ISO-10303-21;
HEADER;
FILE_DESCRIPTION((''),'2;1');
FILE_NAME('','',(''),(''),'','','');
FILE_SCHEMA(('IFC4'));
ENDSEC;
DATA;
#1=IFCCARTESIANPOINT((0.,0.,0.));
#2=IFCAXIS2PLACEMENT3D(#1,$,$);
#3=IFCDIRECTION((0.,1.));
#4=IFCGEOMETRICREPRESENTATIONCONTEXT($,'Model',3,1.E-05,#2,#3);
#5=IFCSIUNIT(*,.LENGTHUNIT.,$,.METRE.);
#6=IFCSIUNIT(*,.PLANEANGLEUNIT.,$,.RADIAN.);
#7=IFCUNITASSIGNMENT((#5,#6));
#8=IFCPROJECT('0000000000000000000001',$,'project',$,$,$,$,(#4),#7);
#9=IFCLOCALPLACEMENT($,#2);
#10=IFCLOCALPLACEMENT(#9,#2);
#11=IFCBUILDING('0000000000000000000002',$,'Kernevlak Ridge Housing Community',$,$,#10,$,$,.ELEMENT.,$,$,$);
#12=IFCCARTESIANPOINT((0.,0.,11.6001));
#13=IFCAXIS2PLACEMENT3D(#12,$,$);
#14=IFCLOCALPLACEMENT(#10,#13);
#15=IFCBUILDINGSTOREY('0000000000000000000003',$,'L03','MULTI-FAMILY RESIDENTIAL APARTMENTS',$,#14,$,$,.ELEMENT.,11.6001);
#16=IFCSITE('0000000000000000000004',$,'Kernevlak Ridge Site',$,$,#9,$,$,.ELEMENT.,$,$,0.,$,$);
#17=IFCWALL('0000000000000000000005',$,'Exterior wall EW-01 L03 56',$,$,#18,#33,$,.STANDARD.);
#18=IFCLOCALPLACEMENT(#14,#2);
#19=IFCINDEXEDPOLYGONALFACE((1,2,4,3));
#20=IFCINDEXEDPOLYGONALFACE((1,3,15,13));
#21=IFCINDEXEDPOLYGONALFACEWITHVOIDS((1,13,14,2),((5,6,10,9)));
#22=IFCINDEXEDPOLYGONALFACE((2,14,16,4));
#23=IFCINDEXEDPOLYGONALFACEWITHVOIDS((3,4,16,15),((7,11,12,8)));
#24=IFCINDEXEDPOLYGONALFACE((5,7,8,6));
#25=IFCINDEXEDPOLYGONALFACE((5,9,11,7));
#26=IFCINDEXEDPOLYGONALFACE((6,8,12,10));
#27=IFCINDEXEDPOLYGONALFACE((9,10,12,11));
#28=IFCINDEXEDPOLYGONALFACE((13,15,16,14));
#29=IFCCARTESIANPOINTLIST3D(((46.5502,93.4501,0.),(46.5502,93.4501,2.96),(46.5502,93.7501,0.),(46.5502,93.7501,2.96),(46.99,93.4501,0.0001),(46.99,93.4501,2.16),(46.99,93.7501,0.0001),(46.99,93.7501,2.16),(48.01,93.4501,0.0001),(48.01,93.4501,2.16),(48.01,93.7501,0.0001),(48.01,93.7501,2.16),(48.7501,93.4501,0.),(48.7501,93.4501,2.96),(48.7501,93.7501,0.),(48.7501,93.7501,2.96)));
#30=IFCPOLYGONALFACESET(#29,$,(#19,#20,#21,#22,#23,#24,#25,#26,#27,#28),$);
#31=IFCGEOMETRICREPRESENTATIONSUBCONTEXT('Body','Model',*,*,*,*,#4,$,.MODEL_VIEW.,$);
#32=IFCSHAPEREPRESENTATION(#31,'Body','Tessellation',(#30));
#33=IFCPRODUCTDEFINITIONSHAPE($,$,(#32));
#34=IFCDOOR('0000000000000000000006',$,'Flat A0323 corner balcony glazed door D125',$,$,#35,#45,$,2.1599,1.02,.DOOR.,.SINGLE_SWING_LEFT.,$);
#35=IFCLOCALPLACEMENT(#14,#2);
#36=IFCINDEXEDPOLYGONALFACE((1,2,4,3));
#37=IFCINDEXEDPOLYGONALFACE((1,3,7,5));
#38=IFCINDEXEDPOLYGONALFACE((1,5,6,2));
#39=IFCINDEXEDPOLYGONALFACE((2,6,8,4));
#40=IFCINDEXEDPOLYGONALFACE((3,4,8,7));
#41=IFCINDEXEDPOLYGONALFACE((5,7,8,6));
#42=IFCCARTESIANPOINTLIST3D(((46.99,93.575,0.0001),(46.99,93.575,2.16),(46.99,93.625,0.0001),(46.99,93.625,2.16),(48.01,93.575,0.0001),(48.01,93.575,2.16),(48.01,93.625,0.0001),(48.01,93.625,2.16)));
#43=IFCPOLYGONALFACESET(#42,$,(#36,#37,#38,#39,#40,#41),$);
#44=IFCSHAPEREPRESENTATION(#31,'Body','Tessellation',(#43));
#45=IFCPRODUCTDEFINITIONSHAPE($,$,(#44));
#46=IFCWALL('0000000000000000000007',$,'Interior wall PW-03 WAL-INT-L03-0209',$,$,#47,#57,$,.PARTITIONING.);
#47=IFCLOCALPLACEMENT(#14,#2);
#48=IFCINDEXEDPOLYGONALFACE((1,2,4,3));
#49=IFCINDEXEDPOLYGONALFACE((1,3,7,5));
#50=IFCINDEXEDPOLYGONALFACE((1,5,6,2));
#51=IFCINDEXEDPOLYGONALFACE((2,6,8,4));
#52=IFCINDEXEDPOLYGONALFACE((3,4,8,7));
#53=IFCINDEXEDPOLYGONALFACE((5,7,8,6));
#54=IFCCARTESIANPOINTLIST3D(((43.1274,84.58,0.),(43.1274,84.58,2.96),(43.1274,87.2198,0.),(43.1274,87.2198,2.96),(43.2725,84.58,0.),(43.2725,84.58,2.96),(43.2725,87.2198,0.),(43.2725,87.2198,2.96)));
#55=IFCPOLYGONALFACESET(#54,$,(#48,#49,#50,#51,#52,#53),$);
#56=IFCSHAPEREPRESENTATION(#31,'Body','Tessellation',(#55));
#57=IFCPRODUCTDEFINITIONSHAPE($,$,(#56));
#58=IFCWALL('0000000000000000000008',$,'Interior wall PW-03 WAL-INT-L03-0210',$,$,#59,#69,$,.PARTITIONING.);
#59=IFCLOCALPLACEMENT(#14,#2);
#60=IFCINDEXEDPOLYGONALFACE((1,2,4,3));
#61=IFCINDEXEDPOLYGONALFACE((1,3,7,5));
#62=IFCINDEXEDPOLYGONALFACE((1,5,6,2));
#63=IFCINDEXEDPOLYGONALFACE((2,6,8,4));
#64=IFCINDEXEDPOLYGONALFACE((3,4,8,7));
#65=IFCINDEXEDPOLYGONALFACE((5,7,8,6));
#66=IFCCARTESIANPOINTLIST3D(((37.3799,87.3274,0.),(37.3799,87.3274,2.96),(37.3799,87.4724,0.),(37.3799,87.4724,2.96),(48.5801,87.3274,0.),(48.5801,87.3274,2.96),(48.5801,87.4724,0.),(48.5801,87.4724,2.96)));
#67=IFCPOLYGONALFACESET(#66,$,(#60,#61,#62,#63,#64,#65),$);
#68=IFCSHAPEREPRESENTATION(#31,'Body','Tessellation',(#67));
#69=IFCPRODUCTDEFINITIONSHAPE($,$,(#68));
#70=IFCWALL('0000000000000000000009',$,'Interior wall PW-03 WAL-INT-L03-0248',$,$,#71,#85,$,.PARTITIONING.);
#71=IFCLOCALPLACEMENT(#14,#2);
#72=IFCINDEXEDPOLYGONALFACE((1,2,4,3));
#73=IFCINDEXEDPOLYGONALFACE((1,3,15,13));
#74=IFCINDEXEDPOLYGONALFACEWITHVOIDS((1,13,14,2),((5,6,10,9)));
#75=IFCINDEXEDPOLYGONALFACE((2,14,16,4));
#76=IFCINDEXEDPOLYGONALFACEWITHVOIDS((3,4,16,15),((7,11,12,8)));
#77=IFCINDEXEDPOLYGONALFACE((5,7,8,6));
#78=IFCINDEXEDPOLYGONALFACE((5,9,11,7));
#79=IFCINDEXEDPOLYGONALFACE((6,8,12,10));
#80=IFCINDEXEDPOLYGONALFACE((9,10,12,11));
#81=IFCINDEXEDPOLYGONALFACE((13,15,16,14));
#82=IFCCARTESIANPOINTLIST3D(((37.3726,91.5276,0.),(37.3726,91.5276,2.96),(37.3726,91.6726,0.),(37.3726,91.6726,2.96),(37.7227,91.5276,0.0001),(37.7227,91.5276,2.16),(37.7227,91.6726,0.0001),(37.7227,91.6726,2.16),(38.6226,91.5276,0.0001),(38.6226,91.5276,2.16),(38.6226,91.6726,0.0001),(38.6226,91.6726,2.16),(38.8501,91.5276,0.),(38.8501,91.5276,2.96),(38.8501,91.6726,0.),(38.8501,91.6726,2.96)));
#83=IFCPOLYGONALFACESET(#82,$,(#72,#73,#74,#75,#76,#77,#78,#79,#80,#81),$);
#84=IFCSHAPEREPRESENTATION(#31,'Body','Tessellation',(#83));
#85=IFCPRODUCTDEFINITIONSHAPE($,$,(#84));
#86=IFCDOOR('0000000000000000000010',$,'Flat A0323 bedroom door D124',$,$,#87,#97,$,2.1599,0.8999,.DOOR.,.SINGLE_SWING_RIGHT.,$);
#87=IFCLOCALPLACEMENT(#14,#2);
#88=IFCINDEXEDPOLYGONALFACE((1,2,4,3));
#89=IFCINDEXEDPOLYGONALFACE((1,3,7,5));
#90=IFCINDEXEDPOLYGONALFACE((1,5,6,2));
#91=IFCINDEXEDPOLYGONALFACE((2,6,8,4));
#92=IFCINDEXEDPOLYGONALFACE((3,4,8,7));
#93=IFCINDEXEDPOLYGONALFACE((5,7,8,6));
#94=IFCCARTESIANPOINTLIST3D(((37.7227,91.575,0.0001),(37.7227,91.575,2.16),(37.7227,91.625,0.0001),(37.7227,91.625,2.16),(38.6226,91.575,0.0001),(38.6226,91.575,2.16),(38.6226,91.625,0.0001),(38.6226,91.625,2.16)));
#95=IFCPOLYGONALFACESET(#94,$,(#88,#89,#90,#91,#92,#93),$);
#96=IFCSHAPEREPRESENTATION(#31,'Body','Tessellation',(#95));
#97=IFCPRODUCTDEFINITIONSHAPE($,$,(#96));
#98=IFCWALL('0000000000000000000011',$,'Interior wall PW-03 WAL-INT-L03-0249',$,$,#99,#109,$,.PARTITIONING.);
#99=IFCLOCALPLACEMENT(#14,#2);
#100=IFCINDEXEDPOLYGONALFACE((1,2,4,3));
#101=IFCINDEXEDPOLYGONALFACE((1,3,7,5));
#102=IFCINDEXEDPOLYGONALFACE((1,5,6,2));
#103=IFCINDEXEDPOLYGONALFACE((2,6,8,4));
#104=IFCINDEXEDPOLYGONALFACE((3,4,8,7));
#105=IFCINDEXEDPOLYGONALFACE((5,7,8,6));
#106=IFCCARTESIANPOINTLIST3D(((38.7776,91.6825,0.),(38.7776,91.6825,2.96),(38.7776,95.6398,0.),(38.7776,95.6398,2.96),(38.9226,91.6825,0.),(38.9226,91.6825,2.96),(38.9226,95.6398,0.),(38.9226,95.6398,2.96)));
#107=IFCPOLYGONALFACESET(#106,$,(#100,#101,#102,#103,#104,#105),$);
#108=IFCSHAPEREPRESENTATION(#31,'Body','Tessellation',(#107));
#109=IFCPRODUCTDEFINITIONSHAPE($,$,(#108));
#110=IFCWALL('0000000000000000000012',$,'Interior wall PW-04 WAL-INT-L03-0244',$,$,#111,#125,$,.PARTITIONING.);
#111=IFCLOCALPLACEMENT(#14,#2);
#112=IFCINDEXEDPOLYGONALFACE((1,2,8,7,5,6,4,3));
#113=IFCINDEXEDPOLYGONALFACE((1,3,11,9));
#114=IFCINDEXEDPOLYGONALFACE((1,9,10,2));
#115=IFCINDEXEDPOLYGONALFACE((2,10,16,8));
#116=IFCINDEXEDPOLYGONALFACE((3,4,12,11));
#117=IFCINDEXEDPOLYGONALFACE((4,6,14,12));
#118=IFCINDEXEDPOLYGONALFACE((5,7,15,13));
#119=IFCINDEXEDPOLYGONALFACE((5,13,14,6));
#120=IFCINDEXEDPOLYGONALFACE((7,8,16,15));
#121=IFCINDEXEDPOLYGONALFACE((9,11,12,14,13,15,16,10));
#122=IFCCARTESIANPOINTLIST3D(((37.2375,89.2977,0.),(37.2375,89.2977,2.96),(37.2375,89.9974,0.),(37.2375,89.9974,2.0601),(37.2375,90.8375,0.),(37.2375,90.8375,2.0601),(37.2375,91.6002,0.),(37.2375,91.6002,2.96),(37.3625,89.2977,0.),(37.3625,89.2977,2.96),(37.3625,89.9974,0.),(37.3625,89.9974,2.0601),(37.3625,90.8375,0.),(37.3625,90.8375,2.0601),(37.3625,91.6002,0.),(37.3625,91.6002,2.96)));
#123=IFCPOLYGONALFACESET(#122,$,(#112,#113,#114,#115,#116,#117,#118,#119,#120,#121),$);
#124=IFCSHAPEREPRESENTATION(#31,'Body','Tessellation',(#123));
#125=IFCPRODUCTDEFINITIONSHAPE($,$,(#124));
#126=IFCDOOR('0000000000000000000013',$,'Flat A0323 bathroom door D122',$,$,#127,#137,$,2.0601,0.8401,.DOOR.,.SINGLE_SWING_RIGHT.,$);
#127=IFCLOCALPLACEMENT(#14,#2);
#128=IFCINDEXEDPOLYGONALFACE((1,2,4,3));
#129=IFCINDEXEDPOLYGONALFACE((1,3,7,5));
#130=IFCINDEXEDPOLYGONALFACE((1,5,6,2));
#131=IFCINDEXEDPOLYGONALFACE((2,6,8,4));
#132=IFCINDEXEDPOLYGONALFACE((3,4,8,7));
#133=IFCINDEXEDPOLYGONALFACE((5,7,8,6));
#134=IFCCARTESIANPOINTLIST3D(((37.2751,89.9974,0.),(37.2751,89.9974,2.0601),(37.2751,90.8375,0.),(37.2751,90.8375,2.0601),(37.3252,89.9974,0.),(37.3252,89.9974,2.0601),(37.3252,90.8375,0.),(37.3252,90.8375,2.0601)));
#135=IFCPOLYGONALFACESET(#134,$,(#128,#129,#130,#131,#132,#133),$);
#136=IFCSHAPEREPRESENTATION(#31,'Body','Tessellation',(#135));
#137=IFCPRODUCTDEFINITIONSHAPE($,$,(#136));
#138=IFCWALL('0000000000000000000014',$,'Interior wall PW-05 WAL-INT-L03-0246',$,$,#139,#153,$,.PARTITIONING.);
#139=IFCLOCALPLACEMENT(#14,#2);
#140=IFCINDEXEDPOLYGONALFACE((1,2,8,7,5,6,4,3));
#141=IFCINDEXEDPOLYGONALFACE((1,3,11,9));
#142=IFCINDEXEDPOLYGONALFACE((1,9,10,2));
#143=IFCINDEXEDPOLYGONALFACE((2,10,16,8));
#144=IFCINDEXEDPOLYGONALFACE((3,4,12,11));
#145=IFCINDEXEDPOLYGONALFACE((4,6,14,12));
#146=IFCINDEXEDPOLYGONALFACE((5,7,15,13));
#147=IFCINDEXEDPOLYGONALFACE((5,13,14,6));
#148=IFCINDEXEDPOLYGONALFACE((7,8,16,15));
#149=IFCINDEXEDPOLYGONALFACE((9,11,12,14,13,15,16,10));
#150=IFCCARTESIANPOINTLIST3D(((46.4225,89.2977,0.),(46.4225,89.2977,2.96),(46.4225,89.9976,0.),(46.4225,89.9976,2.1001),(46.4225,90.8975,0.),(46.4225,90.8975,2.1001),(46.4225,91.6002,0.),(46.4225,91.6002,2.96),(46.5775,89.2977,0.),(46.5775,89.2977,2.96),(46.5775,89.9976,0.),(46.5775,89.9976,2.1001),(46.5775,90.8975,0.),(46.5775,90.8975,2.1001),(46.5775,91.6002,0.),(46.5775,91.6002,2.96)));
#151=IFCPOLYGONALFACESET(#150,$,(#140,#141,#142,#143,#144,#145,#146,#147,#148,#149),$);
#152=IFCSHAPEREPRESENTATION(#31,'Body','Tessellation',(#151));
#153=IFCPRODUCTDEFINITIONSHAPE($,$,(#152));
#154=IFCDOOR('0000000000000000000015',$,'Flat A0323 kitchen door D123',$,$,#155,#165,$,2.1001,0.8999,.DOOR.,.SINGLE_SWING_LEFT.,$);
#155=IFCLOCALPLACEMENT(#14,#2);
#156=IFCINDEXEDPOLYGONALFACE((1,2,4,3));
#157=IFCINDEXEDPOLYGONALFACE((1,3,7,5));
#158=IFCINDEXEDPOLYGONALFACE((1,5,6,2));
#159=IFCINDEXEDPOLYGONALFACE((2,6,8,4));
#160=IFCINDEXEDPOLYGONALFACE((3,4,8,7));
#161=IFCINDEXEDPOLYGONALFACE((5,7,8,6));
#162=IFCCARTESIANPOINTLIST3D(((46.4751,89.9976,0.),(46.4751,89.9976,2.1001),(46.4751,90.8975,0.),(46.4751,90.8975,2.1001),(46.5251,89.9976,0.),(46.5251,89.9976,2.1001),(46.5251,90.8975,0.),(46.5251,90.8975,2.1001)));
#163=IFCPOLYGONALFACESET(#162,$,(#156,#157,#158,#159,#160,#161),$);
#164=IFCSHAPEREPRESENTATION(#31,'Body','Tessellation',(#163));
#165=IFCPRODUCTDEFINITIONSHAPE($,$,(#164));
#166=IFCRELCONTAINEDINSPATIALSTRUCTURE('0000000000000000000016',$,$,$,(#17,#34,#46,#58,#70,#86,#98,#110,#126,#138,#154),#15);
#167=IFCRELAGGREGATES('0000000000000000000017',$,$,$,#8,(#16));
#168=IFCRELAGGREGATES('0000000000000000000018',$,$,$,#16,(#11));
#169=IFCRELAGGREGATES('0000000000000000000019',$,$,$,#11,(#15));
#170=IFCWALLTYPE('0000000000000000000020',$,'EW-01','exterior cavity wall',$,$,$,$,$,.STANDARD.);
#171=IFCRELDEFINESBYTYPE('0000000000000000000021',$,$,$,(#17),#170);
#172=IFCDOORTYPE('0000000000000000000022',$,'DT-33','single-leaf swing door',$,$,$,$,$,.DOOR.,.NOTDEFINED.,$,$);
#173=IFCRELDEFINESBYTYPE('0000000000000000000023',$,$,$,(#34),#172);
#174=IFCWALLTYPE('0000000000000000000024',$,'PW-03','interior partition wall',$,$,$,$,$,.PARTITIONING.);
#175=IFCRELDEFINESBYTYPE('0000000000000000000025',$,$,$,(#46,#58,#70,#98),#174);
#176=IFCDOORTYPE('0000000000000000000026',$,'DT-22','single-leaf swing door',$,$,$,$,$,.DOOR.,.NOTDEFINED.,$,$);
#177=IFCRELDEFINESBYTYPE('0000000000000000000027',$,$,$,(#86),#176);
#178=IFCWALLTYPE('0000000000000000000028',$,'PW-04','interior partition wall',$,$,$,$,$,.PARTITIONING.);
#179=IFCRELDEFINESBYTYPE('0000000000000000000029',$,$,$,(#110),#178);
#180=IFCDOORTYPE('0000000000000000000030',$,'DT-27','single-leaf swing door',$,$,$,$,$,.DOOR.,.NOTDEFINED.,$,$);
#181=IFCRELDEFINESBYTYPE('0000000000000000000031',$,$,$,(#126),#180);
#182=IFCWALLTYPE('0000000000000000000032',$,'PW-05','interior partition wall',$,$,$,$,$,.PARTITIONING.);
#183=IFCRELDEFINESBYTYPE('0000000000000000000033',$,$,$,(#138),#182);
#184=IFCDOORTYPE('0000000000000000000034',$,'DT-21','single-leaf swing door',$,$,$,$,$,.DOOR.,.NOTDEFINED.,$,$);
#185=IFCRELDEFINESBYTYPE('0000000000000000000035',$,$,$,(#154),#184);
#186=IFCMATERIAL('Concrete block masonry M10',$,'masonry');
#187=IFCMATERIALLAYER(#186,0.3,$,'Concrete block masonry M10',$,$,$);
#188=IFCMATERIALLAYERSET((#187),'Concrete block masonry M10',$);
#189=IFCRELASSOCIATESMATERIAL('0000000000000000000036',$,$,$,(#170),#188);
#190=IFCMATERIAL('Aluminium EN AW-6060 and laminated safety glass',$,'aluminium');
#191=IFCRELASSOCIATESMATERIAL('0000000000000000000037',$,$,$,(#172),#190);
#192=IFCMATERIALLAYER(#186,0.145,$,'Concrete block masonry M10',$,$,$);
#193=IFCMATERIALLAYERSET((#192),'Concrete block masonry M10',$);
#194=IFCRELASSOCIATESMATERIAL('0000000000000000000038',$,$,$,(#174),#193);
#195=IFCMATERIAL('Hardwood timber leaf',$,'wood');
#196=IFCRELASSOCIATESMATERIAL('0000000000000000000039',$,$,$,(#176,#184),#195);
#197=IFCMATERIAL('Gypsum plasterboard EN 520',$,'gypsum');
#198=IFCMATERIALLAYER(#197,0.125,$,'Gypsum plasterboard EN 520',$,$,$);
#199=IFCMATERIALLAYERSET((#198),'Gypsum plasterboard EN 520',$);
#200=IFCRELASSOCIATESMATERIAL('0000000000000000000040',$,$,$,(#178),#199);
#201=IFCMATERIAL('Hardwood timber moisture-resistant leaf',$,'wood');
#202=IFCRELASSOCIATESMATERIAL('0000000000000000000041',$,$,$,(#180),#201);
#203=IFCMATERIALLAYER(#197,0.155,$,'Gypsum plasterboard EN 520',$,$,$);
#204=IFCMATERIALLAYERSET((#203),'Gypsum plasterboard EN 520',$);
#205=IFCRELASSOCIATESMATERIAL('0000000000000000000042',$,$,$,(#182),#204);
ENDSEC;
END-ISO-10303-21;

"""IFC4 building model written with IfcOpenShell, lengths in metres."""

from ifc_helpers import new_model, si_unit, direction, frame, frame_2d, origin, place, context, subcontext, project, spatial, rectangle, extrude, material, layer, layer_set, type_object, element, fill, save


model = new_model("IFC4")

# Units and contexts
model_context = context("Model", 3, precision=1e-05, world=origin(), true_north=direction((0.0, 1.0)))
body_context = subcontext(model_context, "Body", "Model", "MODEL_VIEW")
ifc_project = project(units=[si_unit("LENGTHUNIT", "METRE"), si_unit("PLANEANGLEUNIT", "RADIAN")], contexts=[model_context])

# Site, building, storey
site_placement = place(None, origin())
site = spatial("IfcSite", under=ifc_project, at=site_placement, Name="Kernevlak Ridge Site", CompositionType="ELEMENT", RefElevation=0.0)
building_placement = place(site_placement, origin())
building = spatial("IfcBuilding", under=site, at=building_placement, Name="Kernevlak Ridge Housing Community", CompositionType="ELEMENT")
storey_placement = place(building_placement, frame((0.0, 0.0, 11.6001)))
storey = spatial("IfcBuildingStorey", under=building, at=storey_placement, Name="L03", Description="MULTI-FAMILY RESIDENTIAL APARTMENTS", CompositionType="ELEMENT", Elevation=11.6001)

# Shared definitions
ifc_material_1 = material(Name="Concrete block masonry M10", Category="masonry")
ifc_layer_1 = layer(ifc_material_1, 0.3, Name="Concrete block masonry M10")
ifc_layer_set_1 = layer_set([ifc_layer_1], Name="Concrete block masonry M10")
wall_type_1 = type_object("IfcWallType", Name="EW-01", Description="exterior cavity wall", PredefinedType="STANDARD", material=ifc_layer_set_1)

# Wall, opening, door
wall_1_placement = place(storey_placement, frame((46.55, 93.6001, 0.0), z_axis=(0.0, 0.0, 1.0), x_axis=(1.0, 0.0, 0.0)))
wall_1 = element("IfcWall", 1, at=wall_1_placement, inside=storey, type_object=wall_type_1, Name="Exterior wall EW-01 L03 56", PredefinedType="STANDARD", context=body_context, shape_type="SweptSolid", body=[
    extrude(rectangle(XDim=2.2, YDim=0.3, at=frame_2d((1.1001, 0.0))), origin(), (0.0, 0.0, 1.0), 2.96),
])
opening_1_placement = place(wall_1_placement, frame((0.4399, 0.0, 0.0)))
opening_1 = element("IfcOpeningElement", 2, at=opening_1_placement, cuts=wall_1, PredefinedType="OPENING", context=body_context, shape_type="SweptSolid", body=[
    extrude(rectangle(XDim=1.02, YDim=2.1599, at=frame_2d((0.51, 1.0801))), frame((0.0, 0.1599, 0.0), z_axis=(0.0, -1.0, 0.0), x_axis=(1.0, 0.0, 0.0)), (0.0, 0.0, 1.0), 0.3201),
])
ifc_material_2 = material(Name="Aluminium EN AW-6060 and laminated safety glass", Category="aluminium")
door_type_1 = type_object("IfcDoorType", Name="DT-33", Description="single-leaf swing door", OperationType="NOTDEFINED", PredefinedType="DOOR", material=ifc_material_2)
door_1_placement = place(opening_1_placement, origin())
door_1 = element("IfcDoor", 3, at=door_1_placement, inside=storey, type_object=door_type_1, Name="Flat A0323 corner balcony glazed door D125", OperationType="SINGLE_SWING_LEFT", OverallHeight=2.1599, OverallWidth=1.02, PredefinedType="DOOR", context=body_context, shape_type="SweptSolid", body=[
    extrude(rectangle(XDim=1.02, YDim=2.1599, at=frame_2d((0.51, 1.0801))), frame((0.0, 0.0249, 0.0), z_axis=(0.0, -1.0, 0.0), x_axis=(1.0, 0.0, 0.0)), (0.0, 0.0, 1.0), 0.05),
])
fill(opening_1, door_1)

# Walls
ifc_layer_2 = layer(ifc_material_1, 0.145, Name="Concrete block masonry M10")
ifc_layer_set_2 = layer_set([ifc_layer_2], Name="Concrete block masonry M10")
wall_type_2 = type_object("IfcWallType", Name="PW-03", Description="interior partition wall", PredefinedType="PARTITIONING", material=ifc_layer_set_2)
wall_2_placement = place(storey_placement, frame((43.2, 84.5801, 0.0), z_axis=(0.0, 0.0, 1.0), x_axis=(0.0, 1.0, 0.0)))
element("IfcWall", 4, at=wall_2_placement, inside=storey, type_object=wall_type_2, Name="Interior wall PW-03 WAL-INT-L03-0209", PredefinedType="PARTITIONING", context=body_context, shape_type="SweptSolid", body=[
    extrude(rectangle(XDim=2.6399, YDim=0.145, at=frame_2d((1.3198, 0.0))), origin(), (0.0, 0.0, 1.0), 2.96),
])
wall_3_placement = place(storey_placement, frame((37.3799, 87.3999, 0.0), z_axis=(0.0, 0.0, 1.0), x_axis=(1.0, 0.0, 0.0)))
element("IfcWall", 5, at=wall_3_placement, inside=storey, type_object=wall_type_2, Name="Interior wall PW-03 WAL-INT-L03-0210", PredefinedType="PARTITIONING", context=body_context, shape_type="SweptSolid", body=[
    extrude(rectangle(XDim=11.2002, YDim=0.145, at=frame_2d((5.6001, 0.0))), origin(), (0.0, 0.0, 1.0), 2.96),
])

# Wall, opening, door
wall_4_placement = place(storey_placement, frame((37.3726, 91.6001, 0.0), z_axis=(0.0, 0.0, 1.0), x_axis=(1.0, 0.0, 0.0)))
wall_4 = element("IfcWall", 6, at=wall_4_placement, inside=storey, type_object=wall_type_2, Name="Interior wall PW-03 WAL-INT-L03-0248", PredefinedType="PARTITIONING", context=body_context, shape_type="SweptSolid", body=[
    extrude(rectangle(XDim=1.4775, YDim=0.145, at=frame_2d((0.7388, 0.0))), origin(), (0.0, 0.0, 1.0), 2.96),
])
opening_2_placement = place(wall_4_placement, frame((0.3501, 0.0, 0.0)))
opening_2 = element("IfcOpeningElement", 7, at=opening_2_placement, cuts=wall_4, PredefinedType="OPENING", context=body_context, shape_type="SweptSolid", body=[
    extrude(rectangle(XDim=0.8999, YDim=2.1599, at=frame_2d((0.45, 1.0801))), frame((0.0, 0.0825, 0.0), z_axis=(0.0, -1.0, 0.0), x_axis=(1.0, 0.0, 0.0)), (0.0, 0.0, 1.0), 0.165),
])
ifc_material_3 = material(Name="Hardwood timber leaf", Category="wood")
door_type_2 = type_object("IfcDoorType", Name="DT-22", Description="single-leaf swing door", OperationType="NOTDEFINED", PredefinedType="DOOR", material=ifc_material_3)
door_2_placement = place(opening_2_placement, origin())
door_2 = element("IfcDoor", 8, at=door_2_placement, inside=storey, type_object=door_type_2, Name="Flat A0323 bedroom door D124", OperationType="SINGLE_SWING_RIGHT", OverallHeight=2.1599, OverallWidth=0.8999, PredefinedType="DOOR", context=body_context, shape_type="SweptSolid", body=[
    extrude(rectangle(XDim=0.8999, YDim=2.1599, at=frame_2d((0.45, 1.0801))), frame((0.0, 0.0249, 0.0), z_axis=(0.0, -1.0, 0.0), x_axis=(1.0, 0.0, 0.0)), (0.0, 0.0, 1.0), 0.05),
])
fill(opening_2, door_2)

# Wall
wall_5_placement = place(storey_placement, frame((38.8501, 91.6826, 0.0), z_axis=(0.0, 0.0, 1.0), x_axis=(0.0, 1.0, 0.0)))
element("IfcWall", 9, at=wall_5_placement, inside=storey, type_object=wall_type_2, Name="Interior wall PW-03 WAL-INT-L03-0249", PredefinedType="PARTITIONING", context=body_context, shape_type="SweptSolid", body=[
    extrude(rectangle(XDim=3.9573, YDim=0.145, at=frame_2d((1.9785, 0.0))), origin(), (0.0, 0.0, 1.0), 2.96),
])

# Walls, openings, doors
ifc_material_4 = material(Name="Gypsum plasterboard EN 520", Category="gypsum")
ifc_layer_3 = layer(ifc_material_4, 0.125, Name="Gypsum plasterboard EN 520")
ifc_layer_set_3 = layer_set([ifc_layer_3], Name="Gypsum plasterboard EN 520")
wall_type_3 = type_object("IfcWallType", Name="PW-04", Description="interior partition wall", PredefinedType="PARTITIONING", material=ifc_layer_set_3)
wall_6_placement = place(storey_placement, frame((37.3, 89.2976, 0.0), z_axis=(0.0, 0.0, 1.0), x_axis=(0.0, 1.0, 0.0)))
wall_6 = element("IfcWall", 10, at=wall_6_placement, inside=storey, type_object=wall_type_3, Name="Interior wall PW-04 WAL-INT-L03-0244", PredefinedType="PARTITIONING", context=body_context, shape_type="SweptSolid", body=[
    extrude(rectangle(XDim=2.3025, YDim=0.125, at=frame_2d((1.1514, 0.0))), origin(), (0.0, 0.0, 1.0), 2.96),
])
opening_3_placement = place(wall_6_placement, frame((0.7, 0.0, 0.0)))
opening_3 = element("IfcOpeningElement", 11, at=opening_3_placement, cuts=wall_6, PredefinedType="OPENING", context=body_context, shape_type="SweptSolid", body=[
    extrude(rectangle(XDim=0.8401, YDim=2.0601, at=frame_2d((0.4199, 1.03))), frame((0.0, 0.0725, 0.0), z_axis=(0.0, -1.0, 0.0), x_axis=(1.0, 0.0, 0.0)), (0.0, 0.0, 1.0), 0.145),
])
ifc_material_5 = material(Name="Hardwood timber moisture-resistant leaf", Category="wood")
door_type_3 = type_object("IfcDoorType", Name="DT-27", Description="single-leaf swing door", OperationType="NOTDEFINED", PredefinedType="DOOR", material=ifc_material_5)
door_3_placement = place(opening_3_placement, origin())
door_3 = element("IfcDoor", 12, at=door_3_placement, inside=storey, type_object=door_type_3, Name="Flat A0323 bathroom door D122", OperationType="SINGLE_SWING_RIGHT", OverallHeight=2.0601, OverallWidth=0.8401, PredefinedType="DOOR", context=body_context, shape_type="SweptSolid", body=[
    extrude(rectangle(XDim=0.8401, YDim=2.0601, at=frame_2d((0.4199, 1.03))), frame((0.0, 0.0249, 0.0), z_axis=(0.0, -1.0, 0.0), x_axis=(1.0, 0.0, 0.0)), (0.0, 0.0, 1.0), 0.05),
])
fill(opening_3, door_3)
ifc_layer_4 = layer(ifc_material_4, 0.155, Name="Gypsum plasterboard EN 520")
ifc_layer_set_4 = layer_set([ifc_layer_4], Name="Gypsum plasterboard EN 520")
wall_type_4 = type_object("IfcWallType", Name="PW-05", Description="interior partition wall", PredefinedType="PARTITIONING", material=ifc_layer_set_4)
wall_7_placement = place(storey_placement, frame((46.5, 89.2976, 0.0), z_axis=(0.0, 0.0, 1.0), x_axis=(0.0, 1.0, 0.0)))
wall_7 = element("IfcWall", 13, at=wall_7_placement, inside=storey, type_object=wall_type_4, Name="Interior wall PW-05 WAL-INT-L03-0246", PredefinedType="PARTITIONING", context=body_context, shape_type="SweptSolid", body=[
    extrude(rectangle(XDim=2.3025, YDim=0.155, at=frame_2d((1.1514, 0.0))), origin(), (0.0, 0.0, 1.0), 2.96),
])
opening_4_placement = place(wall_7_placement, frame((0.7, 0.0, 0.0)))
opening_4 = element("IfcOpeningElement", 14, at=opening_4_placement, cuts=wall_7, PredefinedType="OPENING", context=body_context, shape_type="SweptSolid", body=[
    extrude(rectangle(XDim=0.8999, YDim=2.1001, at=frame_2d((0.45, 1.05))), frame((0.0, 0.0874, 0.0), z_axis=(0.0, -1.0, 0.0), x_axis=(1.0, 0.0, 0.0)), (0.0, 0.0, 1.0), 0.175),
])
door_type_4 = type_object("IfcDoorType", Name="DT-21", Description="single-leaf swing door", OperationType="NOTDEFINED", PredefinedType="DOOR", material=ifc_material_3)
door_4_placement = place(opening_4_placement, origin())
door_4 = element("IfcDoor", 15, at=door_4_placement, inside=storey, type_object=door_type_4, Name="Flat A0323 kitchen door D123", OperationType="SINGLE_SWING_LEFT", OverallHeight=2.1001, OverallWidth=0.8999, PredefinedType="DOOR", context=body_context, shape_type="SweptSolid", body=[
    extrude(rectangle(XDim=0.8999, YDim=2.1001, at=frame_2d((0.45, 1.05))), frame((0.0, 0.0249, 0.0), z_axis=(0.0, -1.0, 0.0), x_axis=(1.0, 0.0, 0.0)), (0.0, 0.0, 1.0), 0.05),
])
fill(opening_4, door_4)

save(model, "model.ifc")
